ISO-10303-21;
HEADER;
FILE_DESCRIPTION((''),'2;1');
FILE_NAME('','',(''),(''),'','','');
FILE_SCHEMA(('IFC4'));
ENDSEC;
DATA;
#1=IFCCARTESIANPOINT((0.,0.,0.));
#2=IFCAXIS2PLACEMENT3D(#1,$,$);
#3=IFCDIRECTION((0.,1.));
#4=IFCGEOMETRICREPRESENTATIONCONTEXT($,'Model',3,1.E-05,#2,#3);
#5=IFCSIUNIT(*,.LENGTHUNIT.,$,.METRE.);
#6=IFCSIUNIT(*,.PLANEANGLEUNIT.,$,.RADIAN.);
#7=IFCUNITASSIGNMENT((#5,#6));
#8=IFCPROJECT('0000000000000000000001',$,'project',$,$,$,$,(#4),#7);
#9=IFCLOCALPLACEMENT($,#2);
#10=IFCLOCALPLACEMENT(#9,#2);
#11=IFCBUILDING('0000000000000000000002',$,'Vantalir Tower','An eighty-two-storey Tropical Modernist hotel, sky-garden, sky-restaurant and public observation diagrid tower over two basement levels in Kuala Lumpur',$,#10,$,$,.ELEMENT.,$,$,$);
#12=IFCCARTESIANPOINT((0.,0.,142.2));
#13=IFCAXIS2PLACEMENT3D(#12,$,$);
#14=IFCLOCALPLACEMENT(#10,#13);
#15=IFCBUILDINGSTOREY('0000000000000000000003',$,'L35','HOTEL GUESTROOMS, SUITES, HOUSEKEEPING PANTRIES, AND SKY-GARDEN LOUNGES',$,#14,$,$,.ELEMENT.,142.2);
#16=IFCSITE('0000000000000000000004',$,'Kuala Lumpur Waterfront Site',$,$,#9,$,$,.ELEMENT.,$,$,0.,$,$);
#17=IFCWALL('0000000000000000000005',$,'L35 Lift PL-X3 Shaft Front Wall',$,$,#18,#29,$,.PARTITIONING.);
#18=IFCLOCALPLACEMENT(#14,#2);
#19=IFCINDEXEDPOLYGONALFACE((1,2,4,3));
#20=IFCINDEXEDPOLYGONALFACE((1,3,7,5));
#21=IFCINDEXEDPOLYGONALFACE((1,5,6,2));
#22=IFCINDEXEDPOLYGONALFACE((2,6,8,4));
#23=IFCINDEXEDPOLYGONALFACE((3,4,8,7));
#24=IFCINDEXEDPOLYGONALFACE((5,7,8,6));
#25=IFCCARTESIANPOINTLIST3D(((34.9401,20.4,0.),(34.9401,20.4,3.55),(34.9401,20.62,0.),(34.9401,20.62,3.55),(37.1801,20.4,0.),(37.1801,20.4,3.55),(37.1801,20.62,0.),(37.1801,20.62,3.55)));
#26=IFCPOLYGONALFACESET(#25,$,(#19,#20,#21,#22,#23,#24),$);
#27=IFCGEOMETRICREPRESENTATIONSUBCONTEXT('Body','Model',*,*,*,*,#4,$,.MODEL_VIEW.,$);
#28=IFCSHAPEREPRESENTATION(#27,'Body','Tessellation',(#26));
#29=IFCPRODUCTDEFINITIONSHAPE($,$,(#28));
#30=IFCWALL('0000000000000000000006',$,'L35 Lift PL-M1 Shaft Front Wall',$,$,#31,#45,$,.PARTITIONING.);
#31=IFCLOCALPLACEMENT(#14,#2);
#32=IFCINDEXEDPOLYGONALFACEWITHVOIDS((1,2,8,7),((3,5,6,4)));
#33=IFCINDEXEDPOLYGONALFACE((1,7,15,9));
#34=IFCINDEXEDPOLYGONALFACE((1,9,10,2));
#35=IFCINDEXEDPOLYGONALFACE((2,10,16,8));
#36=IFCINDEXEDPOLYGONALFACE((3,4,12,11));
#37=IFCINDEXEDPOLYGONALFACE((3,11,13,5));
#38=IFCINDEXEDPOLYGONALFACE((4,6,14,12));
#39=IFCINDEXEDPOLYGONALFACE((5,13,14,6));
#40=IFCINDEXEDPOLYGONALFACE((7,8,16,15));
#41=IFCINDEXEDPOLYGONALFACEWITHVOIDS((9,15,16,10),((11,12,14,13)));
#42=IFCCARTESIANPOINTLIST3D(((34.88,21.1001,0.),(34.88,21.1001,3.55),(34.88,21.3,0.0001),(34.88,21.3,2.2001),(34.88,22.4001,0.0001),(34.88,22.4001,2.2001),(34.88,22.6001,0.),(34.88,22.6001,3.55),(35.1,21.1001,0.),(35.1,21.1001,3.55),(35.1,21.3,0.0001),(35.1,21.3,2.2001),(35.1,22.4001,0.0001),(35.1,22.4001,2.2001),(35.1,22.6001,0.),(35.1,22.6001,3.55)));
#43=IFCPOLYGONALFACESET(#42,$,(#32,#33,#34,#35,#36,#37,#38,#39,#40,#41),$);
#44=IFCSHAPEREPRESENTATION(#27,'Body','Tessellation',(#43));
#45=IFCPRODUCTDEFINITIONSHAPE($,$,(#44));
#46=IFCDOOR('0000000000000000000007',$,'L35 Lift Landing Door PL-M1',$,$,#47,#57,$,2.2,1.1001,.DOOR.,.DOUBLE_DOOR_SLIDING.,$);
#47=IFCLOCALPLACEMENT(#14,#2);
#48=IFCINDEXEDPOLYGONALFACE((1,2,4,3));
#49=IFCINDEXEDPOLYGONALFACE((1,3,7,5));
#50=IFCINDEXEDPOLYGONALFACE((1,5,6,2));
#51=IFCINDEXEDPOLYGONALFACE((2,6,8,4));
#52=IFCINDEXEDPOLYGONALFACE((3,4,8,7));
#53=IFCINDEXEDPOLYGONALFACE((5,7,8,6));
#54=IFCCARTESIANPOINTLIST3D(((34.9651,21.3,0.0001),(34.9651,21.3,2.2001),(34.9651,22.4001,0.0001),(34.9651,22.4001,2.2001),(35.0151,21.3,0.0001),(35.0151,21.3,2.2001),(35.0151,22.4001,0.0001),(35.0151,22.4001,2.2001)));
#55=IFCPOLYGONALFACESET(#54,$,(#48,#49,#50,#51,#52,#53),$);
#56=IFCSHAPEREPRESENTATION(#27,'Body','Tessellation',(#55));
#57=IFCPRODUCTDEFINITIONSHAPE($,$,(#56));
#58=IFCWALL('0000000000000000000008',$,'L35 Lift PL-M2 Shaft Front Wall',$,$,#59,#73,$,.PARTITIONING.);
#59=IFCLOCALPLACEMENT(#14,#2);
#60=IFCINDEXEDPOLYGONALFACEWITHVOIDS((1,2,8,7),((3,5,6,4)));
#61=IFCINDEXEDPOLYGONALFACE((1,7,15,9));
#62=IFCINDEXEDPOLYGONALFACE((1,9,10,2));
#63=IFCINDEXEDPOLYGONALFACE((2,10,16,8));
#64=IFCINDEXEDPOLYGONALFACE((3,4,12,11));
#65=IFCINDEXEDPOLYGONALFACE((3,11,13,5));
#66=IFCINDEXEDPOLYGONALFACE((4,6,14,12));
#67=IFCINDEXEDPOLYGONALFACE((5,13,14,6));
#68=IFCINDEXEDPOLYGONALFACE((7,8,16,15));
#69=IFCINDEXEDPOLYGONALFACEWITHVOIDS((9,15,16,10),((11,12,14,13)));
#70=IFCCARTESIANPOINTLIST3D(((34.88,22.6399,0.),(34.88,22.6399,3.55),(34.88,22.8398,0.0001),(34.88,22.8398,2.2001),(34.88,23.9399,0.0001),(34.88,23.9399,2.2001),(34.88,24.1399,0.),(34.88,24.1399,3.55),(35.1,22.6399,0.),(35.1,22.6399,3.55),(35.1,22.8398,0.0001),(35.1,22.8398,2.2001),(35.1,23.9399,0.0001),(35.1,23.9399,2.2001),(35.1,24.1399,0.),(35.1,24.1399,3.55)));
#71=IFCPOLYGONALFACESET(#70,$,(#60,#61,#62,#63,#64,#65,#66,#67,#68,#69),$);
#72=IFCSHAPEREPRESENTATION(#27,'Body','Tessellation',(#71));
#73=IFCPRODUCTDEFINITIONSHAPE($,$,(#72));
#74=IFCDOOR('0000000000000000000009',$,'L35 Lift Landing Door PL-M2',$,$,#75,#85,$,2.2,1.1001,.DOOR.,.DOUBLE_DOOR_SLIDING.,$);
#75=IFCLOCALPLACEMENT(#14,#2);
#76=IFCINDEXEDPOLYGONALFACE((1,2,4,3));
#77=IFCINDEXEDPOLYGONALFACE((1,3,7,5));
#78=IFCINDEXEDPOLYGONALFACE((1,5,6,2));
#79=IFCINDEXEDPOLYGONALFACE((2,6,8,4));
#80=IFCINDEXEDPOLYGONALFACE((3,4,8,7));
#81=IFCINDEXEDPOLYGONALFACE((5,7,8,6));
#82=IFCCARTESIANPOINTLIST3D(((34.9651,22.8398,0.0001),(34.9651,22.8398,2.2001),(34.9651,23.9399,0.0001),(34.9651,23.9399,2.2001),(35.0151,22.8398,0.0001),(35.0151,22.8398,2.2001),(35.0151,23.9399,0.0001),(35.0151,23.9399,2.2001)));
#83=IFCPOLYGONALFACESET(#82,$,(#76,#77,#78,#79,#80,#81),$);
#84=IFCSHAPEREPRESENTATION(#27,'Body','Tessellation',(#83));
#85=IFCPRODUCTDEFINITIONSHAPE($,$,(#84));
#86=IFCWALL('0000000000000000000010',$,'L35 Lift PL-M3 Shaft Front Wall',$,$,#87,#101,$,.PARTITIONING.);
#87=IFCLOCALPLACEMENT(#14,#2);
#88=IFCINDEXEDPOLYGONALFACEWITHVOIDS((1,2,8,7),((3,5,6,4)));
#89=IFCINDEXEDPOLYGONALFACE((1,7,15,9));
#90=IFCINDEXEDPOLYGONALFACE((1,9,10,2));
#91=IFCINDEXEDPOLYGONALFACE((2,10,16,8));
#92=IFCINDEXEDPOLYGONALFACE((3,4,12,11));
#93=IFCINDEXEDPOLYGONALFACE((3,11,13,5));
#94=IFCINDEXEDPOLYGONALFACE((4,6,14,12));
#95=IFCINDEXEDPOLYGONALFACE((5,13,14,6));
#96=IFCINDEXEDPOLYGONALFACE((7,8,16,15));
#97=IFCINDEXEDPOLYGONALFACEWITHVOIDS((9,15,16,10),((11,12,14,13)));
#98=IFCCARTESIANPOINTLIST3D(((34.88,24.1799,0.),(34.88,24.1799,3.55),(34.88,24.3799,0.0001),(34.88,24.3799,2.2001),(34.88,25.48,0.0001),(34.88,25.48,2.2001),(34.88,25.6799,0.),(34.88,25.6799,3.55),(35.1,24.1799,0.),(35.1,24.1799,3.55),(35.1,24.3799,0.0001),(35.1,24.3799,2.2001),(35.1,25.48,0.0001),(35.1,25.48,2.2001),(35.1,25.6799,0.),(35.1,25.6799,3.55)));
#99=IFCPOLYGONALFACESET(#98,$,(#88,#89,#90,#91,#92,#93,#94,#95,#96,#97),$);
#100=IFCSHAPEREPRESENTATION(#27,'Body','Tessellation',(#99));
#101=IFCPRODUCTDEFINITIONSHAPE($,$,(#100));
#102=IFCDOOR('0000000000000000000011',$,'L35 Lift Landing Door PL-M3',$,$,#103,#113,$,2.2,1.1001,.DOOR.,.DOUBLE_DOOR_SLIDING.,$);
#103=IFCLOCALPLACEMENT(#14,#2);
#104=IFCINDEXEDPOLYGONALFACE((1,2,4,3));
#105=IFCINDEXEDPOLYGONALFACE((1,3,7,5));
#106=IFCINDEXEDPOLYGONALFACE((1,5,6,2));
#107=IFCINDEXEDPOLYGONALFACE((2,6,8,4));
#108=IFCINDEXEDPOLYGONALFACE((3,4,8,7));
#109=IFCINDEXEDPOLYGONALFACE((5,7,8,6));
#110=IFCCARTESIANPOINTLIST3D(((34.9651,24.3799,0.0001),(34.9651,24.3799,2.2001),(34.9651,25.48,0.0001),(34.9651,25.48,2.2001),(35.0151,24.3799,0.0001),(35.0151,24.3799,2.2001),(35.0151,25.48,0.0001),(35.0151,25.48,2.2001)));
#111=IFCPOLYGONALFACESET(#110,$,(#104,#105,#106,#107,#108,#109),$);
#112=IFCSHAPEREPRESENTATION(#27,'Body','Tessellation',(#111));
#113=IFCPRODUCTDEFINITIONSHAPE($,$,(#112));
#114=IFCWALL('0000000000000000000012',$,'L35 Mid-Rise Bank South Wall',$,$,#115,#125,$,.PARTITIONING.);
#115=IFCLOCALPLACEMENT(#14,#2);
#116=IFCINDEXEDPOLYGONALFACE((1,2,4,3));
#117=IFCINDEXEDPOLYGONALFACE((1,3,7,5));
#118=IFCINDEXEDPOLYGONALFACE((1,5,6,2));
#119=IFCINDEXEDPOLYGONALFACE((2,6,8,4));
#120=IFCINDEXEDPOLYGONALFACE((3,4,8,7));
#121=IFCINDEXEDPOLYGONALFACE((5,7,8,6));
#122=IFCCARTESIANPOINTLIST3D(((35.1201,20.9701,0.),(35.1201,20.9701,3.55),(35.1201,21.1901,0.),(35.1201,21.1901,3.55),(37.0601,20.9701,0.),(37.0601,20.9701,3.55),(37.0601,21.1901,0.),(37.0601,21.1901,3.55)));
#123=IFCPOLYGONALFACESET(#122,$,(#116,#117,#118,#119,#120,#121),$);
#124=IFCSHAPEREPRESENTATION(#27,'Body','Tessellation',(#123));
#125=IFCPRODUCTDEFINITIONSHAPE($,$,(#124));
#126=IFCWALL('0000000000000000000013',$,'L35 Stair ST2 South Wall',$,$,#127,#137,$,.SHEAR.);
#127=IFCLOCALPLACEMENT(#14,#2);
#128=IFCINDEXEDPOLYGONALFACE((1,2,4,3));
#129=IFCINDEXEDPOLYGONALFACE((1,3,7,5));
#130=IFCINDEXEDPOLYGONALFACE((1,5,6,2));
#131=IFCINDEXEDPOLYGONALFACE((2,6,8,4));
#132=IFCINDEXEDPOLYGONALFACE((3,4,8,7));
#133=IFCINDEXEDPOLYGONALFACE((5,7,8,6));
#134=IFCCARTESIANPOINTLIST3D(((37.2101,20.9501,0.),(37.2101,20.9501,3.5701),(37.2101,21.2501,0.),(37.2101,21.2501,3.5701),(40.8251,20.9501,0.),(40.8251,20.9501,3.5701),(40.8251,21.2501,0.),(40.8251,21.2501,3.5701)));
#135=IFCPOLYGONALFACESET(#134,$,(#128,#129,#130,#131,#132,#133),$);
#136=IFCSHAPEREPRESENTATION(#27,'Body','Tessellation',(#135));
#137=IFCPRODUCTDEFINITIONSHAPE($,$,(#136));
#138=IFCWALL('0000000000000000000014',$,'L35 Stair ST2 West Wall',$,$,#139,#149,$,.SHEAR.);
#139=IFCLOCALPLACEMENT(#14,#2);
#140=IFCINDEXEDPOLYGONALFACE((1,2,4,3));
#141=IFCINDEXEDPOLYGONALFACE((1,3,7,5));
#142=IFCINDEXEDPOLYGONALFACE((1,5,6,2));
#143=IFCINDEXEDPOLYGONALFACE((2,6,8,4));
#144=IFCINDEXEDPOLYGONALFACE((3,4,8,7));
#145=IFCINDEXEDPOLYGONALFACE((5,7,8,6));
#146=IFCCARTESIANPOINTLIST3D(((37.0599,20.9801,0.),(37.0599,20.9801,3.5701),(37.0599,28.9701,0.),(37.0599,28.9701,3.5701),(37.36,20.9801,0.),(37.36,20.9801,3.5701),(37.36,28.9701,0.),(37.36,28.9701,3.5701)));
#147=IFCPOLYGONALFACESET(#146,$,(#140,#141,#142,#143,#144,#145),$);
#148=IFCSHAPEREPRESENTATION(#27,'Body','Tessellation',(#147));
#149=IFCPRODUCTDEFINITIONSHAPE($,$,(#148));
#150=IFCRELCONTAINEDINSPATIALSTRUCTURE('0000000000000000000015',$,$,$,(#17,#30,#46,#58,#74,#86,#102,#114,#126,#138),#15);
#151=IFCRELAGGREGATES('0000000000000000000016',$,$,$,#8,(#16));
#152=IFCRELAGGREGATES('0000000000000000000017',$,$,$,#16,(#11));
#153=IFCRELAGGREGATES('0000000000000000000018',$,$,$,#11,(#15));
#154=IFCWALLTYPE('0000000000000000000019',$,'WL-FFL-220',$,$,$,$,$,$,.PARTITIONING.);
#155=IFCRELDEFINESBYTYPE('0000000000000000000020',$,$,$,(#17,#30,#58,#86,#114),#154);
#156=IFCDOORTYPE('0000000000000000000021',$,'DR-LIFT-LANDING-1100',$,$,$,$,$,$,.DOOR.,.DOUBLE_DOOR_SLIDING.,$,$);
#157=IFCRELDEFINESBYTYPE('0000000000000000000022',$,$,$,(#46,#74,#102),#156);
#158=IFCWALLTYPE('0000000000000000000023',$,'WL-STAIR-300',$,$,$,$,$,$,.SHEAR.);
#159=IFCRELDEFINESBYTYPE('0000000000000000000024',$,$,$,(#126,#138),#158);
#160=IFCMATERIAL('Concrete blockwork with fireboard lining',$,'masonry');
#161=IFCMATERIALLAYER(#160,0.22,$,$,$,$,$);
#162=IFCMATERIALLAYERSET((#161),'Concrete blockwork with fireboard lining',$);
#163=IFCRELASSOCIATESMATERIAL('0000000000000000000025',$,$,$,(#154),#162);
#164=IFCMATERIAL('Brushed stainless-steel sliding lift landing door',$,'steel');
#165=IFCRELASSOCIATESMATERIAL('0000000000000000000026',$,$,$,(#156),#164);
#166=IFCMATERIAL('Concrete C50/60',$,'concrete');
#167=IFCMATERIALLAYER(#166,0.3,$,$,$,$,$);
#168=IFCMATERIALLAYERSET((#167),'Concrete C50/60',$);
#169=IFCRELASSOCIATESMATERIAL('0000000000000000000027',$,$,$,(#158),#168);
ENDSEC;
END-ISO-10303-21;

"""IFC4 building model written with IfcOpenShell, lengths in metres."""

from ifc_helpers import new_model, si_unit, direction, frame, frame_2d, origin, place, context, subcontext, project, spatial, rectangle, extrude, material, layer, layer_set, type_object, element, fill, save


model = new_model("IFC4")

# Units and contexts
model_context = context("Model", 3, precision=1e-05, world=origin(), true_north=direction((0.0, 1.0)))
body_context = subcontext(model_context, "Body", "Model", "MODEL_VIEW")
ifc_project = project(units=[si_unit("LENGTHUNIT", "METRE"), si_unit("PLANEANGLEUNIT", "RADIAN")], contexts=[model_context])

# Site, building, storey
site_placement = place(None, origin())
site = spatial("IfcSite", under=ifc_project, at=site_placement, Name="Kuala Lumpur Waterfront Site", CompositionType="ELEMENT", RefElevation=0.0)
building_placement = place(site_placement, origin())
building = spatial("IfcBuilding", under=site, at=building_placement, Name="Vantalir Tower", Description="An eighty-two-storey Tropical Modernist hotel, sky-garden, sky-restaurant and public observation diagrid tower over two basement levels in Kuala Lumpur", CompositionType="ELEMENT")
storey_placement = place(building_placement, frame((0.0, 0.0, 142.2)))
storey = spatial("IfcBuildingStorey", under=building, at=storey_placement, Name="L35", Description="HOTEL GUESTROOMS, SUITES, HOUSEKEEPING PANTRIES, AND SKY-GARDEN LOUNGES", CompositionType="ELEMENT", Elevation=142.2)

# Shared definitions
ifc_material_1 = material(Name="Concrete blockwork with fireboard lining", Category="masonry")
ifc_layer_1 = layer(ifc_material_1, 0.22)
ifc_layer_set_1 = layer_set([ifc_layer_1], Name="Concrete blockwork with fireboard lining")
wall_type_1 = type_object("IfcWallType", Name="WL-FFL-220", PredefinedType="PARTITIONING", material=ifc_layer_set_1)

# Wall
for number, where, z_axis, x_axis, name in (
    (1, (34.9399, 20.51, 0.0), (0.0, 0.0, 1.0), (1.0, 0.0, 0.0), "L35 Lift PL-X3 Shaft Front Wall"),
):
    element("IfcWall", number, at=place(storey_placement, frame(where, z_axis=z_axis, x_axis=x_axis)), inside=storey, type_object=wall_type_1, Name=name, PredefinedType="PARTITIONING", context=body_context, shape_type="SweptSolid", body=[
        extrude(rectangle(XDim=2.24, YDim=0.22, at=frame_2d((1.1201, 0.0))), origin(), (0.0, 0.0, 1.0), 3.55),
    ])

# Walls, openings, doors
wall_1_placement = place(storey_placement, frame((34.99, 21.1001, 0.0), z_axis=(0.0, 0.0, 1.0), x_axis=(0.0, 1.0, 0.0)))
wall_1 = element("IfcWall", 2, at=wall_1_placement, inside=storey, type_object=wall_type_1, Name="L35 Lift PL-M1 Shaft Front Wall", PredefinedType="PARTITIONING", context=body_context, shape_type="SweptSolid", body=[
    extrude(rectangle(XDim=1.5, YDim=0.22, at=frame_2d((0.75, 0.0))), origin(), (0.0, 0.0, 1.0), 3.55),
])
opening_1_placement = place(wall_1_placement, frame((0.2, 0.0, 0.0)))
opening_1 = element("IfcOpeningElement", 3, at=opening_1_placement, cuts=wall_1, PredefinedType="OPENING", context=body_context, shape_type="SweptSolid", body=[
    extrude(rectangle(XDim=1.1001, YDim=2.2, at=frame_2d((0.55, 1.1001))), frame((0.0, 0.1199, 0.0), z_axis=(0.0, -1.0, 0.0), x_axis=(1.0, 0.0, 0.0)), (0.0, 0.0, 1.0), 0.24),
])
ifc_material_2 = material(Name="Brushed stainless-steel sliding lift landing door", Category="steel")
door_type_1 = type_object("IfcDoorType", Name="DR-LIFT-LANDING-1100", OperationType="DOUBLE_DOOR_SLIDING", PredefinedType="DOOR", material=ifc_material_2)
door_1_placement = place(opening_1_placement, origin())
door_1 = element("IfcDoor", 4, at=door_1_placement, inside=storey, type_object=door_type_1, Name="L35 Lift Landing Door PL-M1", OperationType="DOUBLE_DOOR_SLIDING", OverallHeight=2.2, OverallWidth=1.1001, PredefinedType="DOOR", context=body_context, shape_type="SweptSolid", body=[
    extrude(rectangle(XDim=1.1001, YDim=2.2, at=frame_2d((0.55, 1.1001))), frame((0.0, 0.0249, 0.0), z_axis=(0.0, -1.0, 0.0), x_axis=(1.0, 0.0, 0.0)), (0.0, 0.0, 1.0), 0.05),
])
fill(opening_1, door_1)
wall_2_placement = place(storey_placement, frame((34.99, 22.6399, 0.0), z_axis=(0.0, 0.0, 1.0), x_axis=(0.0, 1.0, 0.0)))
wall_2 = element("IfcWall", 5, at=wall_2_placement, inside=storey, type_object=wall_type_1, Name="L35 Lift PL-M2 Shaft Front Wall", PredefinedType="PARTITIONING", context=body_context, shape_type="SweptSolid", body=[
    extrude(rectangle(XDim=1.5, YDim=0.22, at=frame_2d((0.75, 0.0))), origin(), (0.0, 0.0, 1.0), 3.55),
])
opening_2_placement = place(wall_2_placement, frame((0.2, 0.0, 0.0)))
opening_2 = element("IfcOpeningElement", 6, at=opening_2_placement, cuts=wall_2, PredefinedType="OPENING", context=body_context, shape_type="SweptSolid", body=[
    extrude(rectangle(XDim=1.1001, YDim=2.2, at=frame_2d((0.55, 1.1001))), frame((0.0, 0.1199, 0.0), z_axis=(0.0, -1.0, 0.0), x_axis=(1.0, 0.0, 0.0)), (0.0, 0.0, 1.0), 0.24),
])
door_2_placement = place(opening_2_placement, origin())
door_2 = element("IfcDoor", 7, at=door_2_placement, inside=storey, type_object=door_type_1, Name="L35 Lift Landing Door PL-M2", OperationType="DOUBLE_DOOR_SLIDING", OverallHeight=2.2, OverallWidth=1.1001, PredefinedType="DOOR", context=body_context, shape_type="SweptSolid", body=[
    extrude(rectangle(XDim=1.1001, YDim=2.2, at=frame_2d((0.55, 1.1001))), frame((0.0, 0.0249, 0.0), z_axis=(0.0, -1.0, 0.0), x_axis=(1.0, 0.0, 0.0)), (0.0, 0.0, 1.0), 0.05),
])
fill(opening_2, door_2)
wall_3_placement = place(storey_placement, frame((34.99, 24.1799, 0.0), z_axis=(0.0, 0.0, 1.0), x_axis=(0.0, 1.0, 0.0)))
wall_3 = element("IfcWall", 8, at=wall_3_placement, inside=storey, type_object=wall_type_1, Name="L35 Lift PL-M3 Shaft Front Wall", PredefinedType="PARTITIONING", context=body_context, shape_type="SweptSolid", body=[
    extrude(rectangle(XDim=1.5, YDim=0.22, at=frame_2d((0.75, 0.0))), origin(), (0.0, 0.0, 1.0), 3.55),
])
opening_3_placement = place(wall_3_placement, frame((0.2, 0.0, 0.0)))
opening_3 = element("IfcOpeningElement", 9, at=opening_3_placement, cuts=wall_3, PredefinedType="OPENING", context=body_context, shape_type="SweptSolid", body=[
    extrude(rectangle(XDim=1.1001, YDim=2.2, at=frame_2d((0.55, 1.1001))), frame((0.0, 0.1199, 0.0), z_axis=(0.0, -1.0, 0.0), x_axis=(1.0, 0.0, 0.0)), (0.0, 0.0, 1.0), 0.24),
])
door_3_placement = place(opening_3_placement, origin())
door_3 = element("IfcDoor", 10, at=door_3_placement, inside=storey, type_object=door_type_1, Name="L35 Lift Landing Door PL-M3", OperationType="DOUBLE_DOOR_SLIDING", OverallHeight=2.2, OverallWidth=1.1001, PredefinedType="DOOR", context=body_context, shape_type="SweptSolid", body=[
    extrude(rectangle(XDim=1.1001, YDim=2.2, at=frame_2d((0.55, 1.1001))), frame((0.0, 0.0249, 0.0), z_axis=(0.0, -1.0, 0.0), x_axis=(1.0, 0.0, 0.0)), (0.0, 0.0, 1.0), 0.05),
])
fill(opening_3, door_3)

# Walls
wall_4_placement = place(storey_placement, frame((35.1201, 21.0801, 0.0), z_axis=(0.0, 0.0, 1.0), x_axis=(1.0, 0.0, 0.0)))
element("IfcWall", 11, at=wall_4_placement, inside=storey, type_object=wall_type_1, Name="L35 Mid-Rise Bank South Wall", PredefinedType="PARTITIONING", context=body_context, shape_type="SweptSolid", body=[
    extrude(rectangle(XDim=1.9399, YDim=0.22, at=frame_2d((0.97, 0.0))), origin(), (0.0, 0.0, 1.0), 3.55),
])
ifc_material_3 = material(Name="Concrete C50/60", Category="concrete")
ifc_layer_2 = layer(ifc_material_3, 0.3)
ifc_layer_set_2 = layer_set([ifc_layer_2], Name="Concrete C50/60")
wall_type_2 = type_object("IfcWallType", Name="WL-STAIR-300", PredefinedType="SHEAR", material=ifc_layer_set_2)
wall_5_placement = place(storey_placement, frame((37.21, 21.1001, 0.0), z_axis=(0.0, 0.0, 1.0), x_axis=(1.0, 0.0, 0.0)))
element("IfcWall", 12, at=wall_5_placement, inside=storey, type_object=wall_type_2, Name="L35 Stair ST2 South Wall", PredefinedType="SHEAR", context=body_context, shape_type="SweptSolid", body=[
    extrude(rectangle(XDim=3.615, YDim=0.3, at=frame_2d((1.8076, 0.0))), origin(), (0.0, 0.0, 1.0), 3.5701),
])
wall_6_placement = place(storey_placement, frame((37.21, 20.98, 0.0), z_axis=(0.0, 0.0, 1.0), x_axis=(0.0, 1.0, 0.0)))
element("IfcWall", 13, at=wall_6_placement, inside=storey, type_object=wall_type_2, Name="L35 Stair ST2 West Wall", PredefinedType="SHEAR", context=body_context, shape_type="SweptSolid", body=[
    extrude(rectangle(XDim=7.99, YDim=0.3, at=frame_2d((3.9951, 0.0))), origin(), (0.0, 0.0, 1.0), 3.5701),
])

save(model, "model.ifc")
